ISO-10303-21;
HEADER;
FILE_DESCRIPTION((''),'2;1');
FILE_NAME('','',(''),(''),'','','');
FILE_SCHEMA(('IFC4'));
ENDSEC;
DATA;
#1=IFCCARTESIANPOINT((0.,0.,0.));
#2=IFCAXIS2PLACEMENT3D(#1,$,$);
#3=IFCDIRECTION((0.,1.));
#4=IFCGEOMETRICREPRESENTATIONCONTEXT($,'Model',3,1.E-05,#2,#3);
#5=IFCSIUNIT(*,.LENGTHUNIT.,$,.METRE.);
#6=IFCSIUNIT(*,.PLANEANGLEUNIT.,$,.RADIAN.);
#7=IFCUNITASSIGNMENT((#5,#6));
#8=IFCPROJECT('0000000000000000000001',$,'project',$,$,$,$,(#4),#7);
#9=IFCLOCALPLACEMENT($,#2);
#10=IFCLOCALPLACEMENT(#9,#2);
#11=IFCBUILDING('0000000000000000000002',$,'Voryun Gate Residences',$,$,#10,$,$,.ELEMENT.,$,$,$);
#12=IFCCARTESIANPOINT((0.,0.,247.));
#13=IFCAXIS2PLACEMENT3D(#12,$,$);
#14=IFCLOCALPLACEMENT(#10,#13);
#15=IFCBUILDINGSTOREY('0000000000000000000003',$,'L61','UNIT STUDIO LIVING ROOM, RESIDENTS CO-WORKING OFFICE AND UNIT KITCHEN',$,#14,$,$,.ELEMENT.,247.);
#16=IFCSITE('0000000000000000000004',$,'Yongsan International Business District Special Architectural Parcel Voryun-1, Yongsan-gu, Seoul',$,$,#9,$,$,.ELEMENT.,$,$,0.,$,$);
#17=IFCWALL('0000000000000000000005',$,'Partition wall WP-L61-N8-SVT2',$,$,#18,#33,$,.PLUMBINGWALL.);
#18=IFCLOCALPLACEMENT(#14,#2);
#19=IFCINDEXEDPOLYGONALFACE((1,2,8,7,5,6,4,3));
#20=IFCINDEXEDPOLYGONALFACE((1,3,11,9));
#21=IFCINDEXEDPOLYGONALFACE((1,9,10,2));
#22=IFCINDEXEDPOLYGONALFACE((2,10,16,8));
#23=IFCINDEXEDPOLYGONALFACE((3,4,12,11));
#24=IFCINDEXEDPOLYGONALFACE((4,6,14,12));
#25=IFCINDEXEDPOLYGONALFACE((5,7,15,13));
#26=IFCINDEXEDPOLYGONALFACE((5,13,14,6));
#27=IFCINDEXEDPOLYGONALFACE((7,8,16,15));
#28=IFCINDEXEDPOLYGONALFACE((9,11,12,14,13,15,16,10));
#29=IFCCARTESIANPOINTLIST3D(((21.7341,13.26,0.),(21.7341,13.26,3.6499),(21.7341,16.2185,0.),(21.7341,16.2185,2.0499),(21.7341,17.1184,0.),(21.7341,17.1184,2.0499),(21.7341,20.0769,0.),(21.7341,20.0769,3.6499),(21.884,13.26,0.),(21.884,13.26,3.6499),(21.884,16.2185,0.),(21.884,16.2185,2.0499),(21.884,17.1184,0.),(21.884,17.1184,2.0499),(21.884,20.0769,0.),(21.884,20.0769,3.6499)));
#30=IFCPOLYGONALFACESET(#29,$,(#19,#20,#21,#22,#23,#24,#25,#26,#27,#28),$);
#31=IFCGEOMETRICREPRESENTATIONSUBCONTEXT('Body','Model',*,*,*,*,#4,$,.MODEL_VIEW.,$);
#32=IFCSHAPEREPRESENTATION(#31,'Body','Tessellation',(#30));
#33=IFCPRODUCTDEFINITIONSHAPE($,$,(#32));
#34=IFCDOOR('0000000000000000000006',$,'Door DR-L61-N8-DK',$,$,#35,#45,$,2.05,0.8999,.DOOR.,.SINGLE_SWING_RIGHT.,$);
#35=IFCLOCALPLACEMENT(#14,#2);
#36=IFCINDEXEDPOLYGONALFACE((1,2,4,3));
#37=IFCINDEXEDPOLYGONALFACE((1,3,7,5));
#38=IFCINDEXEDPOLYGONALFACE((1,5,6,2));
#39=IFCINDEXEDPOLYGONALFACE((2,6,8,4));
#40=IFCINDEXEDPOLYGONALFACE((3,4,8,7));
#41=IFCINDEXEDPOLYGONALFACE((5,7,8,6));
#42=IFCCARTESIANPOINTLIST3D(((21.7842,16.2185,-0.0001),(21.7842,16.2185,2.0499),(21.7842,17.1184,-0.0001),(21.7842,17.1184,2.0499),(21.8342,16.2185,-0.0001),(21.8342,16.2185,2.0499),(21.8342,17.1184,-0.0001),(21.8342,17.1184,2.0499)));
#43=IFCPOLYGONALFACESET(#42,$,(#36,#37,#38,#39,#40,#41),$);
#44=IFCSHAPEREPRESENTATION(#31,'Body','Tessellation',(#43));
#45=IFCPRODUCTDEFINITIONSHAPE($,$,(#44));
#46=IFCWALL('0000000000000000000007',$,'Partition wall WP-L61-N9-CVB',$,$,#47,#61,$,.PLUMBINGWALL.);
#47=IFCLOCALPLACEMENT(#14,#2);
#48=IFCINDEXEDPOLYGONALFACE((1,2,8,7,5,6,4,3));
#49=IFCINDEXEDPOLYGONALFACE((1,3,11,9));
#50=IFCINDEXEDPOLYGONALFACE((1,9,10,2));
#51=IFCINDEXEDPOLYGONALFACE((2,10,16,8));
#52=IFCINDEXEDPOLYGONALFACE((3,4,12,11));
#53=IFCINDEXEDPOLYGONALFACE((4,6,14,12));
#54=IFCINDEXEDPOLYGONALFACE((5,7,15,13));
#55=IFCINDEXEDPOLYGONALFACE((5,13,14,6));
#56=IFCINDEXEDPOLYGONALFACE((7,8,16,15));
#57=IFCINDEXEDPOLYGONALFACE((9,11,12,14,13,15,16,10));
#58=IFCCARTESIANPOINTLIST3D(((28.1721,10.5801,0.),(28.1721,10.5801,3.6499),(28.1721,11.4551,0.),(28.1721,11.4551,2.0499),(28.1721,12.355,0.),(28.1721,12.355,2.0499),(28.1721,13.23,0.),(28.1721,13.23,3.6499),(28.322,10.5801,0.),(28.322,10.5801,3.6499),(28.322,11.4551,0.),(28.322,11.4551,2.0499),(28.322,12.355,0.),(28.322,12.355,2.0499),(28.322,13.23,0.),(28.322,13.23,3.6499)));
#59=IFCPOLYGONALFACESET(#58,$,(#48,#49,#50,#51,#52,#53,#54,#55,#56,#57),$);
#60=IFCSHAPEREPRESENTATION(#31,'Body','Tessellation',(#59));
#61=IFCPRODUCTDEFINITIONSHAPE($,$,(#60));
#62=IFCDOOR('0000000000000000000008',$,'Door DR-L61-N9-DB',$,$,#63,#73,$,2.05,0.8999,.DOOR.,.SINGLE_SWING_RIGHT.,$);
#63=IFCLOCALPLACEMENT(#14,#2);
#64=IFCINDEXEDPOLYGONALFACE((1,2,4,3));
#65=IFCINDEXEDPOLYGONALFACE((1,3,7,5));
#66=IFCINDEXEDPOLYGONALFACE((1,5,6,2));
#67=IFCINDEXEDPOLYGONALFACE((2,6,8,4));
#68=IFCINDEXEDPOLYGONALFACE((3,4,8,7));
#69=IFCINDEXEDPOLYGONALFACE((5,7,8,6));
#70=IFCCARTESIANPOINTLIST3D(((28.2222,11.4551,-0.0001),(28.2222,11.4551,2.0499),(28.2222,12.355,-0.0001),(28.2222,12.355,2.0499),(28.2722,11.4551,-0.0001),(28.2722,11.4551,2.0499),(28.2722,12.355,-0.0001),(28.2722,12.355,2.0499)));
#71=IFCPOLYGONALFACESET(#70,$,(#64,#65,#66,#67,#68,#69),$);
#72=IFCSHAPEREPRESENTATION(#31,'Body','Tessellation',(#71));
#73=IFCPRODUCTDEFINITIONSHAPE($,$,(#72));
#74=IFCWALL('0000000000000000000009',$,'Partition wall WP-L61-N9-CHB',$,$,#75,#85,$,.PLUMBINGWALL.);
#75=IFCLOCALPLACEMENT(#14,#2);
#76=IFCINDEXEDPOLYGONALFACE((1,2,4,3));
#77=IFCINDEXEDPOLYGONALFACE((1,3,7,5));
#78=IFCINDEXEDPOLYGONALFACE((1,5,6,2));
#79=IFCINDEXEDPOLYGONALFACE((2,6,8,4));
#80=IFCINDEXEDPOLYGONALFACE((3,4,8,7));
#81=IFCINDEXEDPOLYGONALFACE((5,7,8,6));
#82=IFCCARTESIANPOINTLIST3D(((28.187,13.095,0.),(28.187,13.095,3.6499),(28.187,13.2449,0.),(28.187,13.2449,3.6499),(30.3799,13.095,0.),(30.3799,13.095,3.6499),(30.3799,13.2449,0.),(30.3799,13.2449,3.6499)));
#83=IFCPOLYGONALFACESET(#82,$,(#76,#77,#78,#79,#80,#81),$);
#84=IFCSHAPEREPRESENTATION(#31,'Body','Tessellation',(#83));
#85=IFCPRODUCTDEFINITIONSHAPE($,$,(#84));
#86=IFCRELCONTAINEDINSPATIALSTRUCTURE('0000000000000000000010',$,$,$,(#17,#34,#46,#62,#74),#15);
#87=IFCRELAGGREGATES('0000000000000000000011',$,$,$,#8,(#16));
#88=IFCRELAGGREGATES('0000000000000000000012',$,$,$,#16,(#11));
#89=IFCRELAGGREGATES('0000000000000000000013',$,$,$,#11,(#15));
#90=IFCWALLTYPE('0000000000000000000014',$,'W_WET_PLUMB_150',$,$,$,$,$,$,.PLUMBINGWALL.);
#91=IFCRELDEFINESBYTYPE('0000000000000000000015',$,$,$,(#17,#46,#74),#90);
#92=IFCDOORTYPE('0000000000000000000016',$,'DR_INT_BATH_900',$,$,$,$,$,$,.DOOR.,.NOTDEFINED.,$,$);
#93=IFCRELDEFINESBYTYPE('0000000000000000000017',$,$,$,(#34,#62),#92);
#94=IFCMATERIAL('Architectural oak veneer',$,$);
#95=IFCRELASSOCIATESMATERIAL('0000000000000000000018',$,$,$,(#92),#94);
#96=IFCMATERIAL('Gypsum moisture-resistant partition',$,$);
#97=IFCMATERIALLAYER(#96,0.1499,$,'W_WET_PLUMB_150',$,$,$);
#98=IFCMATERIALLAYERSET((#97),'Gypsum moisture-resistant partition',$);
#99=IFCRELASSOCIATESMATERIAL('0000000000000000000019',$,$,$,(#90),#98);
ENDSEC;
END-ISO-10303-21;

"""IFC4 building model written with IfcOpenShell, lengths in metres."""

from ifc_helpers import new_model, si_unit, direction, frame, frame_2d, origin, place, context, subcontext, project, spatial, rectangle, extrude, material, layer, layer_set, type_object, element, fill, save


model = new_model("IFC4")

# Units and contexts
model_context = context("Model", 3, precision=1e-05, world=origin(), true_north=direction((0.0, 1.0)))
body_context = subcontext(model_context, "Body", "Model", "MODEL_VIEW")
ifc_project = project(units=[si_unit("LENGTHUNIT", "METRE"), si_unit("PLANEANGLEUNIT", "RADIAN")], contexts=[model_context])

# Site, building, storey
site_placement = place(None, origin())
site = spatial("IfcSite", under=ifc_project, at=site_placement, Name="Yongsan International Business District Special Architectural Parcel Voryun-1, Yongsan-gu, Seoul", CompositionType="ELEMENT", RefElevation=0.0)
building_placement = place(site_placement, origin())
building = spatial("IfcBuilding", under=site, at=building_placement, Name="Voryun Gate Residences", CompositionType="ELEMENT")
storey_placement = place(building_placement, frame((0.0, 0.0, 247.0)))
storey = spatial("IfcBuildingStorey", under=building, at=storey_placement, Name="L61", Description="UNIT STUDIO LIVING ROOM, RESIDENTS CO-WORKING OFFICE AND UNIT KITCHEN", CompositionType="ELEMENT", Elevation=247.0)

# Shared definitions
ifc_material_1 = material(Name="Architectural oak veneer")
door_type = type_object("IfcDoorType", Name="DR_INT_BATH_900", OperationType="NOTDEFINED", PredefinedType="DOOR", material=ifc_material_1)

# Shared definitions
ifc_material_2 = material(Name="Gypsum moisture-resistant partition")
ifc_layer_1 = layer(ifc_material_2, 0.1499, Name="W_WET_PLUMB_150")
ifc_layer_set_1 = layer_set([ifc_layer_1], Name="Gypsum moisture-resistant partition")
wall_type_1 = type_object("IfcWallType", Name="W_WET_PLUMB_150", PredefinedType="PLUMBINGWALL", material=ifc_layer_set_1)

# Walls, openings, doors
wall_1_placement = place(storey_placement, frame((21.8091, 13.26, 0.0), z_axis=(0.0, 0.0, 1.0), x_axis=(0.0, 1.0, 0.0)))
wall_1 = element("IfcWall", 1, at=wall_1_placement, inside=storey, type_object=wall_type_1, Name="Partition wall WP-L61-N8-SVT2", PredefinedType="PLUMBINGWALL", context=body_context, shape_type="SweptSolid", body=[
    extrude(rectangle(XDim=6.8169, YDim=0.1499, at=frame_2d((3.4084, 0.0))), origin(), (0.0, 0.0, 1.0), 3.6499),
])
opening_1_placement = place(wall_1_placement, frame((2.9585, 0.0, 0.0)))
opening_1 = element("IfcOpeningElement", 2, at=opening_1_placement, cuts=wall_1, PredefinedType="OPENING", context=body_context, shape_type="SweptSolid", body=[
    extrude(rectangle(XDim=0.8999, YDim=2.05, at=frame_2d((0.45, 1.0249))), frame((0.0, 0.085, 0.0), z_axis=(0.0, -1.0, 0.0), x_axis=(1.0, 0.0, 0.0)), (0.0, 0.0, 1.0), 0.1699),
])
door_1_placement = place(opening_1_placement, origin())
door_1 = element("IfcDoor", 3, at=door_1_placement, inside=storey, type_object=door_type, Name="Door DR-L61-N8-DK", OperationType="SINGLE_SWING_RIGHT", OverallHeight=2.05, OverallWidth=0.8999, PredefinedType="DOOR", context=body_context, shape_type="SweptSolid", body=[
    extrude(rectangle(XDim=0.8999, YDim=2.05, at=frame_2d((0.45, 1.0249))), frame((0.0, 0.0249, 0.0), z_axis=(0.0, -1.0, 0.0), x_axis=(1.0, 0.0, 0.0)), (0.0, 0.0, 1.0), 0.05),
])
fill(opening_1, door_1)
wall_2_placement = place(storey_placement, frame((28.2471, 10.5801, 0.0), z_axis=(0.0, 0.0, 1.0), x_axis=(0.0, 1.0, 0.0)))
wall_2 = element("IfcWall", 4, at=wall_2_placement, inside=storey, type_object=wall_type_1, Name="Partition wall WP-L61-N9-CVB", PredefinedType="PLUMBINGWALL", context=body_context, shape_type="SweptSolid", body=[
    extrude(rectangle(XDim=2.6499, YDim=0.1499, at=frame_2d((1.325, 0.0))), origin(), (0.0, 0.0, 1.0), 3.6499),
])
opening_2_placement = place(wall_2_placement, frame((0.875, 0.0, 0.0)))
opening_2 = element("IfcOpeningElement", 5, at=opening_2_placement, cuts=wall_2, PredefinedType="OPENING", context=body_context, shape_type="SweptSolid", body=[
    extrude(rectangle(XDim=0.8999, YDim=2.05, at=frame_2d((0.45, 1.0249))), frame((0.0, 0.085, 0.0), z_axis=(0.0, -1.0, 0.0), x_axis=(1.0, 0.0, 0.0)), (0.0, 0.0, 1.0), 0.1699),
])
door_2_placement = place(opening_2_placement, origin())
door_2 = element("IfcDoor", 6, at=door_2_placement, inside=storey, type_object=door_type, Name="Door DR-L61-N9-DB", OperationType="SINGLE_SWING_RIGHT", OverallHeight=2.05, OverallWidth=0.8999, PredefinedType="DOOR", context=body_context, shape_type="SweptSolid", body=[
    extrude(rectangle(XDim=0.8999, YDim=2.05, at=frame_2d((0.45, 1.0249))), frame((0.0, 0.0249, 0.0), z_axis=(0.0, -1.0, 0.0), x_axis=(1.0, 0.0, 0.0)), (0.0, 0.0, 1.0), 0.05),
])
fill(opening_2, door_2)

# Wall
wall_3_placement = place(storey_placement, frame((28.187, 13.1699, 0.0), z_axis=(0.0, 0.0, 1.0), x_axis=(1.0, 0.0, 0.0)))
element("IfcWall", 7, at=wall_3_placement, inside=storey, type_object=wall_type_1, Name="Partition wall WP-L61-N9-CHB", PredefinedType="PLUMBINGWALL", context=body_context, shape_type="SweptSolid", body=[
    extrude(rectangle(XDim=2.1929, YDim=0.1499, at=frame_2d((1.0964, 0.0))), origin(), (0.0, 0.0, 1.0), 3.6499),
])

save(model, "model.ifc")
